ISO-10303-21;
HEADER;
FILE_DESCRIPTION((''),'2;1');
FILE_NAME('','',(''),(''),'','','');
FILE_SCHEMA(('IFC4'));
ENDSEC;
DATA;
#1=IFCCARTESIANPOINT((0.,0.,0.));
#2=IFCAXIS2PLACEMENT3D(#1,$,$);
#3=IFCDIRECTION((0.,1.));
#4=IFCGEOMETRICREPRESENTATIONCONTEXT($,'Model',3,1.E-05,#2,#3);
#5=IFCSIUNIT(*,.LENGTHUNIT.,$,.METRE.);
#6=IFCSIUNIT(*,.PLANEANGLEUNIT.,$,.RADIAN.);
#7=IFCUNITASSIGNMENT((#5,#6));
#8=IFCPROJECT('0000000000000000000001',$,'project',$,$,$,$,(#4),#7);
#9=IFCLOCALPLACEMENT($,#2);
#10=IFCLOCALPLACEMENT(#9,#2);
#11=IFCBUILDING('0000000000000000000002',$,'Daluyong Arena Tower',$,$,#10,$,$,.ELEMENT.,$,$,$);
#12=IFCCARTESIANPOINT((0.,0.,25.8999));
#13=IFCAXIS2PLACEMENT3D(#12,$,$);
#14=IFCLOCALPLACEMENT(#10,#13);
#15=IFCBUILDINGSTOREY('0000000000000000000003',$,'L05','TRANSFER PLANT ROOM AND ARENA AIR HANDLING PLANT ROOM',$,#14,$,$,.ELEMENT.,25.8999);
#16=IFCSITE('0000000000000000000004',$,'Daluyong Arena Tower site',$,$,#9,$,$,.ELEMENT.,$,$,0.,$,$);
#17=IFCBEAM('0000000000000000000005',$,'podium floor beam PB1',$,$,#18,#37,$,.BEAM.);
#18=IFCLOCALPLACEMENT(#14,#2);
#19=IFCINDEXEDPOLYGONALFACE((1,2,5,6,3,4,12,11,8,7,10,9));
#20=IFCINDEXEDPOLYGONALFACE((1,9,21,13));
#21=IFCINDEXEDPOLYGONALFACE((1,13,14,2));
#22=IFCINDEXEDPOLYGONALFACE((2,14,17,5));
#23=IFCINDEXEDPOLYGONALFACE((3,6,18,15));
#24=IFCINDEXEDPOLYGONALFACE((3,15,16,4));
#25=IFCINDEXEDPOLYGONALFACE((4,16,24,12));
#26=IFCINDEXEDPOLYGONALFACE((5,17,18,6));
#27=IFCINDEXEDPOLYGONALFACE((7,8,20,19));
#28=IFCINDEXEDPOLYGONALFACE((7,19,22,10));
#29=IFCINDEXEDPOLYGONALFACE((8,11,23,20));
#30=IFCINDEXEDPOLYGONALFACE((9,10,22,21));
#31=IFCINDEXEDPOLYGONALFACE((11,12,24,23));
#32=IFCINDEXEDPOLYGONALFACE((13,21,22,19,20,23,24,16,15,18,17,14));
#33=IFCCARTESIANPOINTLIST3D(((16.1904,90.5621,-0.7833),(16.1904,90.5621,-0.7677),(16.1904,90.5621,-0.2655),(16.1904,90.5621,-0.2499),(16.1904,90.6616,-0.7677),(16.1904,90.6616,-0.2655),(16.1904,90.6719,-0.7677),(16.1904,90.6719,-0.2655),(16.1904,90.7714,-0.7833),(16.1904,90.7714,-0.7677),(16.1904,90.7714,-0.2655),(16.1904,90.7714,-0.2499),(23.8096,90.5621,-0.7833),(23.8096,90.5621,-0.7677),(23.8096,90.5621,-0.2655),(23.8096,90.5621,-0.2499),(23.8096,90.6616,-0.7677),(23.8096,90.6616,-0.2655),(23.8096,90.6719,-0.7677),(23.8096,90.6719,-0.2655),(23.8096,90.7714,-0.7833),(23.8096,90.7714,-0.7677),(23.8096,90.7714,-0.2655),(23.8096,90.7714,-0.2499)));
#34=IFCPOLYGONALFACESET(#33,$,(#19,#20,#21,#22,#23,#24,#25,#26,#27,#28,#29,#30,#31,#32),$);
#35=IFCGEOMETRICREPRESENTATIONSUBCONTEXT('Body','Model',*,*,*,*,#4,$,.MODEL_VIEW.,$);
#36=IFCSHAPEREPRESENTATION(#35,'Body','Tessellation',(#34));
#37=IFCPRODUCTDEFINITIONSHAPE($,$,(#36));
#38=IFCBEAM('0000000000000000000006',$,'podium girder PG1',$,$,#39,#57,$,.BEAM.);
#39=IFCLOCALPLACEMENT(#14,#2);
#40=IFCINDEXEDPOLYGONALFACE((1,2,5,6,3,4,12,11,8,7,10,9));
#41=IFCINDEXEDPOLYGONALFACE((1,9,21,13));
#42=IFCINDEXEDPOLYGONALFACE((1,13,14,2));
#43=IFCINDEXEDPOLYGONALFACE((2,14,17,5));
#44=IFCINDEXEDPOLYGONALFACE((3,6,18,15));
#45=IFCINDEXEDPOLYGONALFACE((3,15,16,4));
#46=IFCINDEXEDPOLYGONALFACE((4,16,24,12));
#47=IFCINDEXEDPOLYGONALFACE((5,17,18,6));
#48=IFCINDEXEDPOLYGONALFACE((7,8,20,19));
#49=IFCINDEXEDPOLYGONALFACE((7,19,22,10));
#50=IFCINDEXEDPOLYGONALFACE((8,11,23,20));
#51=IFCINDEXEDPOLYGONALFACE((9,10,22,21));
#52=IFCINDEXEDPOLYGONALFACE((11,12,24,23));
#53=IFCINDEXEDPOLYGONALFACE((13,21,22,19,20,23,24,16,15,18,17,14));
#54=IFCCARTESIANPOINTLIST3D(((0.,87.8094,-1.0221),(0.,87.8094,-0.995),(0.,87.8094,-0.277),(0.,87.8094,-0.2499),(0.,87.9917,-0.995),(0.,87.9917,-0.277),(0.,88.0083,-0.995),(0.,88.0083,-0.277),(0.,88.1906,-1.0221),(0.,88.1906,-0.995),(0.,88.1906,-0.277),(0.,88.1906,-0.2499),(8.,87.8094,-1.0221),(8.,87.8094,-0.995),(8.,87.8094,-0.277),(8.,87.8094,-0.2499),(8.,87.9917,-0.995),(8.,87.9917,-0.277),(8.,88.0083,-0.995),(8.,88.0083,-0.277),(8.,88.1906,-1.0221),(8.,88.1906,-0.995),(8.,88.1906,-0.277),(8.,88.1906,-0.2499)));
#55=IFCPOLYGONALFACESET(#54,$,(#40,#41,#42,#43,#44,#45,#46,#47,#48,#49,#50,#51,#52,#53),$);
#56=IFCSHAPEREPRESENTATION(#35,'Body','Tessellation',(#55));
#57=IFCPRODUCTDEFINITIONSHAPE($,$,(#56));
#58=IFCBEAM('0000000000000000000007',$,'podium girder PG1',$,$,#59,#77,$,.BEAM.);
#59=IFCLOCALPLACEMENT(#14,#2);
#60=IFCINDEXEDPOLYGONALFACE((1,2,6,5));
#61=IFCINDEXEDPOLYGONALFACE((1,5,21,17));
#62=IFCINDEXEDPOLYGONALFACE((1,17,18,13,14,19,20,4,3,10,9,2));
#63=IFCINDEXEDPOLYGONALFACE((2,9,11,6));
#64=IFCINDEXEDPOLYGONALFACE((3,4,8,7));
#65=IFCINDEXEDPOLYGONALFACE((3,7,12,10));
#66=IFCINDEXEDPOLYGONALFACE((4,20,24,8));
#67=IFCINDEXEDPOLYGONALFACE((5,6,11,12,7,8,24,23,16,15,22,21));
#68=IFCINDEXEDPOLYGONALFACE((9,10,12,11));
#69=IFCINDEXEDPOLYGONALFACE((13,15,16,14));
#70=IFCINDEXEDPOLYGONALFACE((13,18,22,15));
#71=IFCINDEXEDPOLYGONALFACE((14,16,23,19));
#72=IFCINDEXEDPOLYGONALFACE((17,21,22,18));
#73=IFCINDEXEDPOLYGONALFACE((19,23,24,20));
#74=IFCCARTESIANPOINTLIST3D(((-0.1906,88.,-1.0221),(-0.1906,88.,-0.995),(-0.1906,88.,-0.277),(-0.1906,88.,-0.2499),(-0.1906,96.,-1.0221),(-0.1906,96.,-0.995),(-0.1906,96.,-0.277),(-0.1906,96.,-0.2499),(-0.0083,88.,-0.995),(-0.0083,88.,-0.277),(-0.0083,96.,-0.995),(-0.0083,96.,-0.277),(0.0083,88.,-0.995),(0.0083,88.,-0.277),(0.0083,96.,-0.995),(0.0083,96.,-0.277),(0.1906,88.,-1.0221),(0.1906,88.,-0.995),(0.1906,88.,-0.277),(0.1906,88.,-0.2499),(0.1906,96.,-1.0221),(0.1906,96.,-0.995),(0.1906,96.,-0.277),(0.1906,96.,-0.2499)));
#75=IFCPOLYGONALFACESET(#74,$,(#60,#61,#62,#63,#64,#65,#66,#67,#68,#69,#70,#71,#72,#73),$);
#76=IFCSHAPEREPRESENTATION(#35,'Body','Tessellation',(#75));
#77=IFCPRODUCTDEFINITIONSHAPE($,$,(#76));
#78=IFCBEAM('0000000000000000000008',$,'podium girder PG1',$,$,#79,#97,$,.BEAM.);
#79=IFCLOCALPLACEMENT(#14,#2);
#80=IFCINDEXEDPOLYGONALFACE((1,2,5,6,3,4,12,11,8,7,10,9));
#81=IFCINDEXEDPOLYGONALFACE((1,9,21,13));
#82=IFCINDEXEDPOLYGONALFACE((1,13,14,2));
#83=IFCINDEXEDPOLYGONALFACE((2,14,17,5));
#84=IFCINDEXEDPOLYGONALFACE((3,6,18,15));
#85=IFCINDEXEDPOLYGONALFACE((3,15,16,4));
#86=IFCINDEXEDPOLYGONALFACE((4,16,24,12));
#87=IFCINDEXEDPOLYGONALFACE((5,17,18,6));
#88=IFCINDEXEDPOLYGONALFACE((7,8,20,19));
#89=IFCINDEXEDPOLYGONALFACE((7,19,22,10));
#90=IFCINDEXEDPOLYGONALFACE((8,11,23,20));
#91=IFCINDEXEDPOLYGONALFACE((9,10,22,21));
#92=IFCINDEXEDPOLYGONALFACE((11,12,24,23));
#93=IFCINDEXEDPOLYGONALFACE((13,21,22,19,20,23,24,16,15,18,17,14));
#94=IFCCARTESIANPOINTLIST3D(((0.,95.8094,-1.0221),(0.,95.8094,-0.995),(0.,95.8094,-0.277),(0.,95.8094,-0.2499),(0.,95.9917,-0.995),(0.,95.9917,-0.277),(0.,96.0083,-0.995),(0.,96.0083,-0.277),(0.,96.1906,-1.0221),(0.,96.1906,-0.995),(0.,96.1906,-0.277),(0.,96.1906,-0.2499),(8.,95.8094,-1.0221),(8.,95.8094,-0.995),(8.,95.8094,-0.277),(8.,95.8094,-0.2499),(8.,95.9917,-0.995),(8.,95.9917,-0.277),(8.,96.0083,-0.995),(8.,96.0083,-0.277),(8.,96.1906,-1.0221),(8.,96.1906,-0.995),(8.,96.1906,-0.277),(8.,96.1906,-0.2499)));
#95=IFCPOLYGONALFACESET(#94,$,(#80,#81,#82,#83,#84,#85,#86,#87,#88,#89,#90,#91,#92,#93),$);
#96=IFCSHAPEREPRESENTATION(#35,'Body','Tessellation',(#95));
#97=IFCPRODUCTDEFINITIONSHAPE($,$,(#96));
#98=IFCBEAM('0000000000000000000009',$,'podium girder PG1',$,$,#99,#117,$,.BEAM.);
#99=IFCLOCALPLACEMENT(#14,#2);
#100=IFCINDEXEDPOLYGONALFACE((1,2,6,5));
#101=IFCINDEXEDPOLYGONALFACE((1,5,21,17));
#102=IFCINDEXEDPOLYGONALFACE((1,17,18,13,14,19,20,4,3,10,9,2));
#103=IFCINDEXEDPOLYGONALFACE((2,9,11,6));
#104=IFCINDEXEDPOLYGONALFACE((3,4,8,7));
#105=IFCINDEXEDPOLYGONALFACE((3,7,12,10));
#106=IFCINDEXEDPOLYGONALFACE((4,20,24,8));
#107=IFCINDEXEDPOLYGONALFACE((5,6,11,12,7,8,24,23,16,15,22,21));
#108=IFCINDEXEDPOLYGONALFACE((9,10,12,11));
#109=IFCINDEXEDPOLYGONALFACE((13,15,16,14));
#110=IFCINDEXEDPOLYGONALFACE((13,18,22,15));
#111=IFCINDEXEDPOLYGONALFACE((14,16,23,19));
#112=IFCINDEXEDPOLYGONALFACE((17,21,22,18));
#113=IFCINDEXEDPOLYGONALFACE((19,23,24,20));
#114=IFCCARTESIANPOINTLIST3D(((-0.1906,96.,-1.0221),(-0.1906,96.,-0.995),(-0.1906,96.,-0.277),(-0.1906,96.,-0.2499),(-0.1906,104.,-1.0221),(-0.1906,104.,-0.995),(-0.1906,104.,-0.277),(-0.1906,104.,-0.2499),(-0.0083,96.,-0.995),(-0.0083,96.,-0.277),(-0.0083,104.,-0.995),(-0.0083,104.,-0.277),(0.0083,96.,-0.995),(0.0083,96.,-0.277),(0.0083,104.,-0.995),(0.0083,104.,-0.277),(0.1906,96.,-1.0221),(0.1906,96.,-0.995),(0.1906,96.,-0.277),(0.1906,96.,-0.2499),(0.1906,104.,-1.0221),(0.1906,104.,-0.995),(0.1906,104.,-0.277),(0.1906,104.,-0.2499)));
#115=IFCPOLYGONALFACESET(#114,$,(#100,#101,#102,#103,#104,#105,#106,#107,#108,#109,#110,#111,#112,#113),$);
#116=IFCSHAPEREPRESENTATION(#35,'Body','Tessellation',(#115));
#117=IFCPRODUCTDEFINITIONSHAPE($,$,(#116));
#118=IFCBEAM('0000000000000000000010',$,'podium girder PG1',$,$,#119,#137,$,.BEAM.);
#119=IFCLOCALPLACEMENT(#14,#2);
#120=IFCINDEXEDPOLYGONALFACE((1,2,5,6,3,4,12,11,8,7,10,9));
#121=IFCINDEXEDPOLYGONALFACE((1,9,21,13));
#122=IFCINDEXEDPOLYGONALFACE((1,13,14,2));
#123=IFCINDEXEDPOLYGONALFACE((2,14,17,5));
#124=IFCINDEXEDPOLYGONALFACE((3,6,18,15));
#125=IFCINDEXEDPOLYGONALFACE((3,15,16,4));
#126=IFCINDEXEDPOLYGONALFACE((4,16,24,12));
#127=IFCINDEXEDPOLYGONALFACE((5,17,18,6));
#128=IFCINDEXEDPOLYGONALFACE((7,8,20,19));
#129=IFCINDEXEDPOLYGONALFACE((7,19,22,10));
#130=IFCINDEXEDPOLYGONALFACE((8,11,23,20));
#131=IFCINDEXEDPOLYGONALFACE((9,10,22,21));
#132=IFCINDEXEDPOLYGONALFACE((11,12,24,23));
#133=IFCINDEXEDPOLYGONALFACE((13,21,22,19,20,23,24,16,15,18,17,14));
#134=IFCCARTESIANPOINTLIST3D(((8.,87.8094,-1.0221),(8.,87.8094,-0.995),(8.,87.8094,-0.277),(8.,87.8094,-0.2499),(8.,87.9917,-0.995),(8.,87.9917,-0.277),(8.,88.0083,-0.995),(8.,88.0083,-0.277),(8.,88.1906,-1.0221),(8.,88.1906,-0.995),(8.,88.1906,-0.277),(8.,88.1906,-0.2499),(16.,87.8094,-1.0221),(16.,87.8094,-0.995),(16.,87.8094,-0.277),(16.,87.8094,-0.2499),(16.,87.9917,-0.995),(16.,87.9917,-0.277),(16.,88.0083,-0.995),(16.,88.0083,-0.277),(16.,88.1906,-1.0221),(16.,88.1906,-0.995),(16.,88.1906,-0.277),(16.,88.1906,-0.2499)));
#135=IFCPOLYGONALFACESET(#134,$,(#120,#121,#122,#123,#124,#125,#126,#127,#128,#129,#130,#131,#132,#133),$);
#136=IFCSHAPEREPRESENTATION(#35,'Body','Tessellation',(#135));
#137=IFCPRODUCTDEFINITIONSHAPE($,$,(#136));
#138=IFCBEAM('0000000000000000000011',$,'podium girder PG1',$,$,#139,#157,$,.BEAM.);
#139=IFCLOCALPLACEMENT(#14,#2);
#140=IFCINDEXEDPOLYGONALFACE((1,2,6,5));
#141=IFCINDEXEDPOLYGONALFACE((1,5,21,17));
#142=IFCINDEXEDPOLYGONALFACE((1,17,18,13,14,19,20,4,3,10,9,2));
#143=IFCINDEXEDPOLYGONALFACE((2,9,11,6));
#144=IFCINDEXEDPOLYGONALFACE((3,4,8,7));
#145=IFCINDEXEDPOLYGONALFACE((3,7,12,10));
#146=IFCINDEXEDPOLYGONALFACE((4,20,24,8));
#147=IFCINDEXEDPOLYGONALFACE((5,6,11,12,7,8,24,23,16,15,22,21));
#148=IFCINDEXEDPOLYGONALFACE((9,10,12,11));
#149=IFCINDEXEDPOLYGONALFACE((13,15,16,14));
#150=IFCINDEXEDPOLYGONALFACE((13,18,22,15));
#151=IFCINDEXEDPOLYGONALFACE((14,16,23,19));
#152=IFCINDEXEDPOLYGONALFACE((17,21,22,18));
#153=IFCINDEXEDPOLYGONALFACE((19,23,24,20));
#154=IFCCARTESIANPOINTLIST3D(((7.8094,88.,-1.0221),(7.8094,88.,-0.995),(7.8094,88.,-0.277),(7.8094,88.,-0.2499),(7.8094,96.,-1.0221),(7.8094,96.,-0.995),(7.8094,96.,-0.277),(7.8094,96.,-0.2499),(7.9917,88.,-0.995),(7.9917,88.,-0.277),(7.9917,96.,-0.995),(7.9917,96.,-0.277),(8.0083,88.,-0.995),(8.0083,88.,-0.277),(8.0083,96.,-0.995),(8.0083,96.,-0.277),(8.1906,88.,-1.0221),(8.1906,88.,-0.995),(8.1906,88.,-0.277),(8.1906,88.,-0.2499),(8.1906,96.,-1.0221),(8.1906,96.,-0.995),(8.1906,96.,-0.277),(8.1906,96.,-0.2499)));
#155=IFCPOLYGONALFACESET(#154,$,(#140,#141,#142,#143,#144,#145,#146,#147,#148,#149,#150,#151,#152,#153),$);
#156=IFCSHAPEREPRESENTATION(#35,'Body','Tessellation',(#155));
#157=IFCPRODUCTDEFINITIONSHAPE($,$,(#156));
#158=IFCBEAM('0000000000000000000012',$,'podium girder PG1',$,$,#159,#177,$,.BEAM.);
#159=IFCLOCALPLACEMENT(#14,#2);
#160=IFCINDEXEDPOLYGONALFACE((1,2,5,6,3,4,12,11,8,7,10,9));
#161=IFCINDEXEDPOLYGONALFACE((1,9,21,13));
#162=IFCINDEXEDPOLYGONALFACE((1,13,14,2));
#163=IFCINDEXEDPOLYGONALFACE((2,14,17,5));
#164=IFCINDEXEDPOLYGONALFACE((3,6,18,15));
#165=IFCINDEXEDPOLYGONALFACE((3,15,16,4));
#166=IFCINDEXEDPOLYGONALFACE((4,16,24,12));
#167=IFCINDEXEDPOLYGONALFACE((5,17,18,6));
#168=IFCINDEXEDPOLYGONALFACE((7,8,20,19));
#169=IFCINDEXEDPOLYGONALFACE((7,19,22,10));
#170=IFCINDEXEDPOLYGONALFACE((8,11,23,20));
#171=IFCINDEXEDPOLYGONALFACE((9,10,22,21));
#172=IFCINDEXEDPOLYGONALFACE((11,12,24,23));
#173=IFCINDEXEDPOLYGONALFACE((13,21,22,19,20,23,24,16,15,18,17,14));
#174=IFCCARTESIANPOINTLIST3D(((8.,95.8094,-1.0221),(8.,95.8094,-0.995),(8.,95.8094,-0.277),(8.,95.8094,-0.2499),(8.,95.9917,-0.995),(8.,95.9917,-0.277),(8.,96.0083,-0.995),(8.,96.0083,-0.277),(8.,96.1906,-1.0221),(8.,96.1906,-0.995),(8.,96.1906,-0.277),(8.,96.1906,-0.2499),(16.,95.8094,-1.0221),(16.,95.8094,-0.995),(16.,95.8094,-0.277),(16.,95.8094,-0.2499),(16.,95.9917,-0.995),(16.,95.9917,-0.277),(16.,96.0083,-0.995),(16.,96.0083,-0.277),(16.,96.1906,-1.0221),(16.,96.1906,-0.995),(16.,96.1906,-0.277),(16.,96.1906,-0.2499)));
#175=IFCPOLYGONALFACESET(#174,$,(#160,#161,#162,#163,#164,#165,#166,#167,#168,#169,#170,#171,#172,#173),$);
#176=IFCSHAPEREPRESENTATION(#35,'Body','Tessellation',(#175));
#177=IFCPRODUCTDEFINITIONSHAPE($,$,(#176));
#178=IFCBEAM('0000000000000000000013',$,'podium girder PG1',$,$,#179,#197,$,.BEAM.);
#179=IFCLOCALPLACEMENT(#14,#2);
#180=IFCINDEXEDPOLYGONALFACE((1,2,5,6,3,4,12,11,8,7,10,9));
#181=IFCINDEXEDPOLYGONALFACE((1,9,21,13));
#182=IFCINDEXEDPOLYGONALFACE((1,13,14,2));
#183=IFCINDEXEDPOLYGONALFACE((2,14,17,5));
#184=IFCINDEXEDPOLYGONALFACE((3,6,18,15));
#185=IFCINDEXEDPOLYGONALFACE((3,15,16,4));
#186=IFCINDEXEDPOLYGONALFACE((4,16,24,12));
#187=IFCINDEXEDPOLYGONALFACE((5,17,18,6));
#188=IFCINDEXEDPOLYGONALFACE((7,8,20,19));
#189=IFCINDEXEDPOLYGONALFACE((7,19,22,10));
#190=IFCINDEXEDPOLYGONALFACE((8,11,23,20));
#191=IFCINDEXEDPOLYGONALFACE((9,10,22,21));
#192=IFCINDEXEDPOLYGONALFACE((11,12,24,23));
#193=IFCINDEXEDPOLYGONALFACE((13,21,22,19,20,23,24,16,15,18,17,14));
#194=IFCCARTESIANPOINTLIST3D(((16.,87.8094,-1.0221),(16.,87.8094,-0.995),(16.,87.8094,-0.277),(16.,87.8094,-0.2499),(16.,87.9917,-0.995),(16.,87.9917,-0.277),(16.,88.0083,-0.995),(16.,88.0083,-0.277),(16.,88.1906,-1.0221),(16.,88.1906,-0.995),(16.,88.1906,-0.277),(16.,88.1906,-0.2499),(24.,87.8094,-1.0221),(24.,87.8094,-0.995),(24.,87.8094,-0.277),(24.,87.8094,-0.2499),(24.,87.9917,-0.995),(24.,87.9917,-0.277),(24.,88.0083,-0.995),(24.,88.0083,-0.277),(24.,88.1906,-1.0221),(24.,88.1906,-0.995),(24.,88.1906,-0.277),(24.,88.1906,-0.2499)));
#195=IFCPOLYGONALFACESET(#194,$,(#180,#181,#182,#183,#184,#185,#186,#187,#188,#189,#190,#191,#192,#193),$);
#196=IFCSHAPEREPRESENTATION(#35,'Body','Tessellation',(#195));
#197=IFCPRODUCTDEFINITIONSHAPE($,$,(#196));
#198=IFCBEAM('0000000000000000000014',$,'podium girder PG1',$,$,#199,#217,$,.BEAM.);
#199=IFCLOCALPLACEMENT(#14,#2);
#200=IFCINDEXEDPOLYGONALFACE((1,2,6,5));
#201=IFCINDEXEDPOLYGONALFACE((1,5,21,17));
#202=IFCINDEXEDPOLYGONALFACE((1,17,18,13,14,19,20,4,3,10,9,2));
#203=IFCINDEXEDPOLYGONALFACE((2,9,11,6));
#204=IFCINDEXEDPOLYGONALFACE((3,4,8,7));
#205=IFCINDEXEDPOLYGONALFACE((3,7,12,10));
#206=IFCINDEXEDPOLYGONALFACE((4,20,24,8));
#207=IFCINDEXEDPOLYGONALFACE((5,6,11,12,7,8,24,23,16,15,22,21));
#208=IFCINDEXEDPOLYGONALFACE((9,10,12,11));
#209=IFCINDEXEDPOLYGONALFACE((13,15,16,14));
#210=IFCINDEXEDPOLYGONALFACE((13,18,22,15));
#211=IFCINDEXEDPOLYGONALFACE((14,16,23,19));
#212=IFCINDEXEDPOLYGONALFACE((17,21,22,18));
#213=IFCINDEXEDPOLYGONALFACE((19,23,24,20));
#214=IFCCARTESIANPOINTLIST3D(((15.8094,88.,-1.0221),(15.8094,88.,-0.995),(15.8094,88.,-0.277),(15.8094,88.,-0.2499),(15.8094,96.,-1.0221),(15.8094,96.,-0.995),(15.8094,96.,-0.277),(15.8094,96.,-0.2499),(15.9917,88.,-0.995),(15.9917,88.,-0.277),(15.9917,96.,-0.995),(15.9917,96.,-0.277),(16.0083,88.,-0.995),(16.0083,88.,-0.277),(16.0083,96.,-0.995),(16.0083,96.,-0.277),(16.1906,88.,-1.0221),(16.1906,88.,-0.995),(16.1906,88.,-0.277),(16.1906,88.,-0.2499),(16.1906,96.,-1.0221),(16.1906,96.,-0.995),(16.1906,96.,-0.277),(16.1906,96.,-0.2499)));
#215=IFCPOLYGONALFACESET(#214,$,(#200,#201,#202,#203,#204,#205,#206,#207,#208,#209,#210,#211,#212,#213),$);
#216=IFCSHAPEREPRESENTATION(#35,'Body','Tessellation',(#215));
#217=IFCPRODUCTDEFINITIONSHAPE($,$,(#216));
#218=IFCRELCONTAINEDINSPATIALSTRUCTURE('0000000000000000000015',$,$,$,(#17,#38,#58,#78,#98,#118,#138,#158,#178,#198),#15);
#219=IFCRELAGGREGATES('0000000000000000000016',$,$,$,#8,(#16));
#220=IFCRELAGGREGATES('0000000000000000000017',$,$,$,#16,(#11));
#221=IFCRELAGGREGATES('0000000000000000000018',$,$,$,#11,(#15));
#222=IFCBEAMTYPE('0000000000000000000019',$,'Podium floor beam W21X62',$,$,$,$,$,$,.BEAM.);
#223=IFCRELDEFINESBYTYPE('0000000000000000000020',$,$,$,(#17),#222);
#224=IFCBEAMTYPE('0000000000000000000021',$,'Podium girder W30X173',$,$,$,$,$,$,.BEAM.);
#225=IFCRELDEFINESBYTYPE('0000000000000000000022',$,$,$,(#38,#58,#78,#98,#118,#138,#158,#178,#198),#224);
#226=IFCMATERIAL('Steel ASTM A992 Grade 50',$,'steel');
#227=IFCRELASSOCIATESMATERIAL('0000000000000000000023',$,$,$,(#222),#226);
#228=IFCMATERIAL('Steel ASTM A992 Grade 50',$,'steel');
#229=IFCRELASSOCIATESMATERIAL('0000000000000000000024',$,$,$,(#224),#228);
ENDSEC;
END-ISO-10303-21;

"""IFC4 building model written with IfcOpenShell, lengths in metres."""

from ifc_helpers import new_model, si_unit, direction, frame, origin, origin_2d, place, context, subcontext, project, spatial, i_section, extrude, material, material_profile, profile_set, type_object, element, save


model = new_model("IFC4")

# Units and contexts
model_context = context("Model", 3, precision=1e-05, world=origin(), true_north=direction((0.0, 1.0)))
body_context = subcontext(model_context, "Body", "Model", "MODEL_VIEW")
ifc_project = project(units=[si_unit("LENGTHUNIT", "METRE"), si_unit("PLANEANGLEUNIT", "RADIAN")], contexts=[model_context])

# Site, building, storey
site_placement = place(None, origin())
site = spatial("IfcSite", under=ifc_project, at=site_placement, Name="Daluyong Arena Tower site", CompositionType="ELEMENT", RefElevation=0.0)
building_placement = place(site_placement, origin())
building = spatial("IfcBuilding", under=site, at=building_placement, Name="Daluyong Arena Tower", CompositionType="ELEMENT")
storey_placement = place(building_placement, frame((0.0, 0.0, 25.8999)))
storey = spatial("IfcBuildingStorey", under=building, at=storey_placement, Name="L05", Description="TRANSFER PLANT ROOM AND ARENA AIR HANDLING PLANT ROOM", CompositionType="ELEMENT", Elevation=25.8999)

# Beams
ifc_material_1 = material(Name="Steel ASTM A992 Grade 50", Category="steel")
ifc_material_profile_1 = material_profile(ifc_material_1, i_section(OverallWidth=0.2092, OverallDepth=0.5334, WebThickness=0.0103, FlangeThickness=0.0156, at=origin_2d()))
ifc_profile_set_1 = profile_set([ifc_material_profile_1], Name="Steel ASTM A992 Grade 50")
beam_type_1 = type_object("IfcBeamType", Name="Podium floor beam W21X62", PredefinedType="BEAM", material=ifc_profile_set_1)
for number, where, z_axis, x_axis, name in (
    (1, (16.1904, 90.6667, -0.5166), (1.0, 0.0, 0.0), (0.0, 1.0, 0.0), "podium floor beam PB1"),
):
    element("IfcBeam", number, at=place(storey_placement, frame(where, z_axis=z_axis, x_axis=x_axis)), inside=storey, type_object=beam_type_1, Name=name, PredefinedType="BEAM", context=body_context, shape_type="SweptSolid", body=[
        extrude(i_section(OverallWidth=0.2092, OverallDepth=0.5334, WebThickness=0.0103, FlangeThickness=0.0156, at=origin_2d()), origin(), (0.0, 0.0, 1.0), 7.6191),
    ])
ifc_material_2 = material(Name="Steel ASTM A992 Grade 50", Category="steel")
ifc_material_profile_2 = material_profile(ifc_material_2, i_section(OverallWidth=0.3811, OverallDepth=0.7722, WebThickness=0.0166, FlangeThickness=0.0271, at=origin_2d()))
ifc_profile_set_2 = profile_set([ifc_material_profile_2], Name="Steel ASTM A992 Grade 50")
beam_type_2 = type_object("IfcBeamType", Name="Podium girder W30X173", PredefinedType="BEAM", material=ifc_profile_set_2)
for number, where, z_axis, x_axis, name in (
    (2, (0.0, 88.0, -0.636), (1.0, 0.0, 0.0), (0.0, 1.0, 0.0), "podium girder PG1"),
    (3, (0.0, 88.0, -0.636), (0.0, 1.0, 0.0), (-1.0, 0.0, 0.0), "podium girder PG1"),
    (4, (0.0, 96.0, -0.636), (1.0, 0.0, 0.0), (0.0, 1.0, 0.0), "podium girder PG1"),
    (5, (0.0, 96.0, -0.636), (0.0, 1.0, 0.0), (-1.0, 0.0, 0.0), "podium girder PG1"),
    (6, (8.0, 88.0, -0.636), (1.0, 0.0, 0.0), (0.0, 1.0, 0.0), "podium girder PG1"),
    (7, (8.0, 88.0, -0.636), (0.0, 1.0, 0.0), (-1.0, 0.0, 0.0), "podium girder PG1"),
    (8, (8.0, 96.0, -0.636), (1.0, 0.0, 0.0), (0.0, 1.0, 0.0), "podium girder PG1"),
    (9, (16.0, 88.0, -0.636), (1.0, 0.0, 0.0), (0.0, 1.0, 0.0), "podium girder PG1"),
    (10, (16.0, 88.0, -0.636), (0.0, 1.0, 0.0), (-1.0, 0.0, 0.0), "podium girder PG1"),
):
    element("IfcBeam", number, at=place(storey_placement, frame(where, z_axis=z_axis, x_axis=x_axis)), inside=storey, type_object=beam_type_2, Name=name, PredefinedType="BEAM", context=body_context, shape_type="SweptSolid", body=[
        extrude(i_section(OverallWidth=0.3811, OverallDepth=0.7722, WebThickness=0.0166, FlangeThickness=0.0271, at=origin_2d()), origin(), (0.0, 0.0, 1.0), 8.0),
    ])

save(model, "model.ifc")
